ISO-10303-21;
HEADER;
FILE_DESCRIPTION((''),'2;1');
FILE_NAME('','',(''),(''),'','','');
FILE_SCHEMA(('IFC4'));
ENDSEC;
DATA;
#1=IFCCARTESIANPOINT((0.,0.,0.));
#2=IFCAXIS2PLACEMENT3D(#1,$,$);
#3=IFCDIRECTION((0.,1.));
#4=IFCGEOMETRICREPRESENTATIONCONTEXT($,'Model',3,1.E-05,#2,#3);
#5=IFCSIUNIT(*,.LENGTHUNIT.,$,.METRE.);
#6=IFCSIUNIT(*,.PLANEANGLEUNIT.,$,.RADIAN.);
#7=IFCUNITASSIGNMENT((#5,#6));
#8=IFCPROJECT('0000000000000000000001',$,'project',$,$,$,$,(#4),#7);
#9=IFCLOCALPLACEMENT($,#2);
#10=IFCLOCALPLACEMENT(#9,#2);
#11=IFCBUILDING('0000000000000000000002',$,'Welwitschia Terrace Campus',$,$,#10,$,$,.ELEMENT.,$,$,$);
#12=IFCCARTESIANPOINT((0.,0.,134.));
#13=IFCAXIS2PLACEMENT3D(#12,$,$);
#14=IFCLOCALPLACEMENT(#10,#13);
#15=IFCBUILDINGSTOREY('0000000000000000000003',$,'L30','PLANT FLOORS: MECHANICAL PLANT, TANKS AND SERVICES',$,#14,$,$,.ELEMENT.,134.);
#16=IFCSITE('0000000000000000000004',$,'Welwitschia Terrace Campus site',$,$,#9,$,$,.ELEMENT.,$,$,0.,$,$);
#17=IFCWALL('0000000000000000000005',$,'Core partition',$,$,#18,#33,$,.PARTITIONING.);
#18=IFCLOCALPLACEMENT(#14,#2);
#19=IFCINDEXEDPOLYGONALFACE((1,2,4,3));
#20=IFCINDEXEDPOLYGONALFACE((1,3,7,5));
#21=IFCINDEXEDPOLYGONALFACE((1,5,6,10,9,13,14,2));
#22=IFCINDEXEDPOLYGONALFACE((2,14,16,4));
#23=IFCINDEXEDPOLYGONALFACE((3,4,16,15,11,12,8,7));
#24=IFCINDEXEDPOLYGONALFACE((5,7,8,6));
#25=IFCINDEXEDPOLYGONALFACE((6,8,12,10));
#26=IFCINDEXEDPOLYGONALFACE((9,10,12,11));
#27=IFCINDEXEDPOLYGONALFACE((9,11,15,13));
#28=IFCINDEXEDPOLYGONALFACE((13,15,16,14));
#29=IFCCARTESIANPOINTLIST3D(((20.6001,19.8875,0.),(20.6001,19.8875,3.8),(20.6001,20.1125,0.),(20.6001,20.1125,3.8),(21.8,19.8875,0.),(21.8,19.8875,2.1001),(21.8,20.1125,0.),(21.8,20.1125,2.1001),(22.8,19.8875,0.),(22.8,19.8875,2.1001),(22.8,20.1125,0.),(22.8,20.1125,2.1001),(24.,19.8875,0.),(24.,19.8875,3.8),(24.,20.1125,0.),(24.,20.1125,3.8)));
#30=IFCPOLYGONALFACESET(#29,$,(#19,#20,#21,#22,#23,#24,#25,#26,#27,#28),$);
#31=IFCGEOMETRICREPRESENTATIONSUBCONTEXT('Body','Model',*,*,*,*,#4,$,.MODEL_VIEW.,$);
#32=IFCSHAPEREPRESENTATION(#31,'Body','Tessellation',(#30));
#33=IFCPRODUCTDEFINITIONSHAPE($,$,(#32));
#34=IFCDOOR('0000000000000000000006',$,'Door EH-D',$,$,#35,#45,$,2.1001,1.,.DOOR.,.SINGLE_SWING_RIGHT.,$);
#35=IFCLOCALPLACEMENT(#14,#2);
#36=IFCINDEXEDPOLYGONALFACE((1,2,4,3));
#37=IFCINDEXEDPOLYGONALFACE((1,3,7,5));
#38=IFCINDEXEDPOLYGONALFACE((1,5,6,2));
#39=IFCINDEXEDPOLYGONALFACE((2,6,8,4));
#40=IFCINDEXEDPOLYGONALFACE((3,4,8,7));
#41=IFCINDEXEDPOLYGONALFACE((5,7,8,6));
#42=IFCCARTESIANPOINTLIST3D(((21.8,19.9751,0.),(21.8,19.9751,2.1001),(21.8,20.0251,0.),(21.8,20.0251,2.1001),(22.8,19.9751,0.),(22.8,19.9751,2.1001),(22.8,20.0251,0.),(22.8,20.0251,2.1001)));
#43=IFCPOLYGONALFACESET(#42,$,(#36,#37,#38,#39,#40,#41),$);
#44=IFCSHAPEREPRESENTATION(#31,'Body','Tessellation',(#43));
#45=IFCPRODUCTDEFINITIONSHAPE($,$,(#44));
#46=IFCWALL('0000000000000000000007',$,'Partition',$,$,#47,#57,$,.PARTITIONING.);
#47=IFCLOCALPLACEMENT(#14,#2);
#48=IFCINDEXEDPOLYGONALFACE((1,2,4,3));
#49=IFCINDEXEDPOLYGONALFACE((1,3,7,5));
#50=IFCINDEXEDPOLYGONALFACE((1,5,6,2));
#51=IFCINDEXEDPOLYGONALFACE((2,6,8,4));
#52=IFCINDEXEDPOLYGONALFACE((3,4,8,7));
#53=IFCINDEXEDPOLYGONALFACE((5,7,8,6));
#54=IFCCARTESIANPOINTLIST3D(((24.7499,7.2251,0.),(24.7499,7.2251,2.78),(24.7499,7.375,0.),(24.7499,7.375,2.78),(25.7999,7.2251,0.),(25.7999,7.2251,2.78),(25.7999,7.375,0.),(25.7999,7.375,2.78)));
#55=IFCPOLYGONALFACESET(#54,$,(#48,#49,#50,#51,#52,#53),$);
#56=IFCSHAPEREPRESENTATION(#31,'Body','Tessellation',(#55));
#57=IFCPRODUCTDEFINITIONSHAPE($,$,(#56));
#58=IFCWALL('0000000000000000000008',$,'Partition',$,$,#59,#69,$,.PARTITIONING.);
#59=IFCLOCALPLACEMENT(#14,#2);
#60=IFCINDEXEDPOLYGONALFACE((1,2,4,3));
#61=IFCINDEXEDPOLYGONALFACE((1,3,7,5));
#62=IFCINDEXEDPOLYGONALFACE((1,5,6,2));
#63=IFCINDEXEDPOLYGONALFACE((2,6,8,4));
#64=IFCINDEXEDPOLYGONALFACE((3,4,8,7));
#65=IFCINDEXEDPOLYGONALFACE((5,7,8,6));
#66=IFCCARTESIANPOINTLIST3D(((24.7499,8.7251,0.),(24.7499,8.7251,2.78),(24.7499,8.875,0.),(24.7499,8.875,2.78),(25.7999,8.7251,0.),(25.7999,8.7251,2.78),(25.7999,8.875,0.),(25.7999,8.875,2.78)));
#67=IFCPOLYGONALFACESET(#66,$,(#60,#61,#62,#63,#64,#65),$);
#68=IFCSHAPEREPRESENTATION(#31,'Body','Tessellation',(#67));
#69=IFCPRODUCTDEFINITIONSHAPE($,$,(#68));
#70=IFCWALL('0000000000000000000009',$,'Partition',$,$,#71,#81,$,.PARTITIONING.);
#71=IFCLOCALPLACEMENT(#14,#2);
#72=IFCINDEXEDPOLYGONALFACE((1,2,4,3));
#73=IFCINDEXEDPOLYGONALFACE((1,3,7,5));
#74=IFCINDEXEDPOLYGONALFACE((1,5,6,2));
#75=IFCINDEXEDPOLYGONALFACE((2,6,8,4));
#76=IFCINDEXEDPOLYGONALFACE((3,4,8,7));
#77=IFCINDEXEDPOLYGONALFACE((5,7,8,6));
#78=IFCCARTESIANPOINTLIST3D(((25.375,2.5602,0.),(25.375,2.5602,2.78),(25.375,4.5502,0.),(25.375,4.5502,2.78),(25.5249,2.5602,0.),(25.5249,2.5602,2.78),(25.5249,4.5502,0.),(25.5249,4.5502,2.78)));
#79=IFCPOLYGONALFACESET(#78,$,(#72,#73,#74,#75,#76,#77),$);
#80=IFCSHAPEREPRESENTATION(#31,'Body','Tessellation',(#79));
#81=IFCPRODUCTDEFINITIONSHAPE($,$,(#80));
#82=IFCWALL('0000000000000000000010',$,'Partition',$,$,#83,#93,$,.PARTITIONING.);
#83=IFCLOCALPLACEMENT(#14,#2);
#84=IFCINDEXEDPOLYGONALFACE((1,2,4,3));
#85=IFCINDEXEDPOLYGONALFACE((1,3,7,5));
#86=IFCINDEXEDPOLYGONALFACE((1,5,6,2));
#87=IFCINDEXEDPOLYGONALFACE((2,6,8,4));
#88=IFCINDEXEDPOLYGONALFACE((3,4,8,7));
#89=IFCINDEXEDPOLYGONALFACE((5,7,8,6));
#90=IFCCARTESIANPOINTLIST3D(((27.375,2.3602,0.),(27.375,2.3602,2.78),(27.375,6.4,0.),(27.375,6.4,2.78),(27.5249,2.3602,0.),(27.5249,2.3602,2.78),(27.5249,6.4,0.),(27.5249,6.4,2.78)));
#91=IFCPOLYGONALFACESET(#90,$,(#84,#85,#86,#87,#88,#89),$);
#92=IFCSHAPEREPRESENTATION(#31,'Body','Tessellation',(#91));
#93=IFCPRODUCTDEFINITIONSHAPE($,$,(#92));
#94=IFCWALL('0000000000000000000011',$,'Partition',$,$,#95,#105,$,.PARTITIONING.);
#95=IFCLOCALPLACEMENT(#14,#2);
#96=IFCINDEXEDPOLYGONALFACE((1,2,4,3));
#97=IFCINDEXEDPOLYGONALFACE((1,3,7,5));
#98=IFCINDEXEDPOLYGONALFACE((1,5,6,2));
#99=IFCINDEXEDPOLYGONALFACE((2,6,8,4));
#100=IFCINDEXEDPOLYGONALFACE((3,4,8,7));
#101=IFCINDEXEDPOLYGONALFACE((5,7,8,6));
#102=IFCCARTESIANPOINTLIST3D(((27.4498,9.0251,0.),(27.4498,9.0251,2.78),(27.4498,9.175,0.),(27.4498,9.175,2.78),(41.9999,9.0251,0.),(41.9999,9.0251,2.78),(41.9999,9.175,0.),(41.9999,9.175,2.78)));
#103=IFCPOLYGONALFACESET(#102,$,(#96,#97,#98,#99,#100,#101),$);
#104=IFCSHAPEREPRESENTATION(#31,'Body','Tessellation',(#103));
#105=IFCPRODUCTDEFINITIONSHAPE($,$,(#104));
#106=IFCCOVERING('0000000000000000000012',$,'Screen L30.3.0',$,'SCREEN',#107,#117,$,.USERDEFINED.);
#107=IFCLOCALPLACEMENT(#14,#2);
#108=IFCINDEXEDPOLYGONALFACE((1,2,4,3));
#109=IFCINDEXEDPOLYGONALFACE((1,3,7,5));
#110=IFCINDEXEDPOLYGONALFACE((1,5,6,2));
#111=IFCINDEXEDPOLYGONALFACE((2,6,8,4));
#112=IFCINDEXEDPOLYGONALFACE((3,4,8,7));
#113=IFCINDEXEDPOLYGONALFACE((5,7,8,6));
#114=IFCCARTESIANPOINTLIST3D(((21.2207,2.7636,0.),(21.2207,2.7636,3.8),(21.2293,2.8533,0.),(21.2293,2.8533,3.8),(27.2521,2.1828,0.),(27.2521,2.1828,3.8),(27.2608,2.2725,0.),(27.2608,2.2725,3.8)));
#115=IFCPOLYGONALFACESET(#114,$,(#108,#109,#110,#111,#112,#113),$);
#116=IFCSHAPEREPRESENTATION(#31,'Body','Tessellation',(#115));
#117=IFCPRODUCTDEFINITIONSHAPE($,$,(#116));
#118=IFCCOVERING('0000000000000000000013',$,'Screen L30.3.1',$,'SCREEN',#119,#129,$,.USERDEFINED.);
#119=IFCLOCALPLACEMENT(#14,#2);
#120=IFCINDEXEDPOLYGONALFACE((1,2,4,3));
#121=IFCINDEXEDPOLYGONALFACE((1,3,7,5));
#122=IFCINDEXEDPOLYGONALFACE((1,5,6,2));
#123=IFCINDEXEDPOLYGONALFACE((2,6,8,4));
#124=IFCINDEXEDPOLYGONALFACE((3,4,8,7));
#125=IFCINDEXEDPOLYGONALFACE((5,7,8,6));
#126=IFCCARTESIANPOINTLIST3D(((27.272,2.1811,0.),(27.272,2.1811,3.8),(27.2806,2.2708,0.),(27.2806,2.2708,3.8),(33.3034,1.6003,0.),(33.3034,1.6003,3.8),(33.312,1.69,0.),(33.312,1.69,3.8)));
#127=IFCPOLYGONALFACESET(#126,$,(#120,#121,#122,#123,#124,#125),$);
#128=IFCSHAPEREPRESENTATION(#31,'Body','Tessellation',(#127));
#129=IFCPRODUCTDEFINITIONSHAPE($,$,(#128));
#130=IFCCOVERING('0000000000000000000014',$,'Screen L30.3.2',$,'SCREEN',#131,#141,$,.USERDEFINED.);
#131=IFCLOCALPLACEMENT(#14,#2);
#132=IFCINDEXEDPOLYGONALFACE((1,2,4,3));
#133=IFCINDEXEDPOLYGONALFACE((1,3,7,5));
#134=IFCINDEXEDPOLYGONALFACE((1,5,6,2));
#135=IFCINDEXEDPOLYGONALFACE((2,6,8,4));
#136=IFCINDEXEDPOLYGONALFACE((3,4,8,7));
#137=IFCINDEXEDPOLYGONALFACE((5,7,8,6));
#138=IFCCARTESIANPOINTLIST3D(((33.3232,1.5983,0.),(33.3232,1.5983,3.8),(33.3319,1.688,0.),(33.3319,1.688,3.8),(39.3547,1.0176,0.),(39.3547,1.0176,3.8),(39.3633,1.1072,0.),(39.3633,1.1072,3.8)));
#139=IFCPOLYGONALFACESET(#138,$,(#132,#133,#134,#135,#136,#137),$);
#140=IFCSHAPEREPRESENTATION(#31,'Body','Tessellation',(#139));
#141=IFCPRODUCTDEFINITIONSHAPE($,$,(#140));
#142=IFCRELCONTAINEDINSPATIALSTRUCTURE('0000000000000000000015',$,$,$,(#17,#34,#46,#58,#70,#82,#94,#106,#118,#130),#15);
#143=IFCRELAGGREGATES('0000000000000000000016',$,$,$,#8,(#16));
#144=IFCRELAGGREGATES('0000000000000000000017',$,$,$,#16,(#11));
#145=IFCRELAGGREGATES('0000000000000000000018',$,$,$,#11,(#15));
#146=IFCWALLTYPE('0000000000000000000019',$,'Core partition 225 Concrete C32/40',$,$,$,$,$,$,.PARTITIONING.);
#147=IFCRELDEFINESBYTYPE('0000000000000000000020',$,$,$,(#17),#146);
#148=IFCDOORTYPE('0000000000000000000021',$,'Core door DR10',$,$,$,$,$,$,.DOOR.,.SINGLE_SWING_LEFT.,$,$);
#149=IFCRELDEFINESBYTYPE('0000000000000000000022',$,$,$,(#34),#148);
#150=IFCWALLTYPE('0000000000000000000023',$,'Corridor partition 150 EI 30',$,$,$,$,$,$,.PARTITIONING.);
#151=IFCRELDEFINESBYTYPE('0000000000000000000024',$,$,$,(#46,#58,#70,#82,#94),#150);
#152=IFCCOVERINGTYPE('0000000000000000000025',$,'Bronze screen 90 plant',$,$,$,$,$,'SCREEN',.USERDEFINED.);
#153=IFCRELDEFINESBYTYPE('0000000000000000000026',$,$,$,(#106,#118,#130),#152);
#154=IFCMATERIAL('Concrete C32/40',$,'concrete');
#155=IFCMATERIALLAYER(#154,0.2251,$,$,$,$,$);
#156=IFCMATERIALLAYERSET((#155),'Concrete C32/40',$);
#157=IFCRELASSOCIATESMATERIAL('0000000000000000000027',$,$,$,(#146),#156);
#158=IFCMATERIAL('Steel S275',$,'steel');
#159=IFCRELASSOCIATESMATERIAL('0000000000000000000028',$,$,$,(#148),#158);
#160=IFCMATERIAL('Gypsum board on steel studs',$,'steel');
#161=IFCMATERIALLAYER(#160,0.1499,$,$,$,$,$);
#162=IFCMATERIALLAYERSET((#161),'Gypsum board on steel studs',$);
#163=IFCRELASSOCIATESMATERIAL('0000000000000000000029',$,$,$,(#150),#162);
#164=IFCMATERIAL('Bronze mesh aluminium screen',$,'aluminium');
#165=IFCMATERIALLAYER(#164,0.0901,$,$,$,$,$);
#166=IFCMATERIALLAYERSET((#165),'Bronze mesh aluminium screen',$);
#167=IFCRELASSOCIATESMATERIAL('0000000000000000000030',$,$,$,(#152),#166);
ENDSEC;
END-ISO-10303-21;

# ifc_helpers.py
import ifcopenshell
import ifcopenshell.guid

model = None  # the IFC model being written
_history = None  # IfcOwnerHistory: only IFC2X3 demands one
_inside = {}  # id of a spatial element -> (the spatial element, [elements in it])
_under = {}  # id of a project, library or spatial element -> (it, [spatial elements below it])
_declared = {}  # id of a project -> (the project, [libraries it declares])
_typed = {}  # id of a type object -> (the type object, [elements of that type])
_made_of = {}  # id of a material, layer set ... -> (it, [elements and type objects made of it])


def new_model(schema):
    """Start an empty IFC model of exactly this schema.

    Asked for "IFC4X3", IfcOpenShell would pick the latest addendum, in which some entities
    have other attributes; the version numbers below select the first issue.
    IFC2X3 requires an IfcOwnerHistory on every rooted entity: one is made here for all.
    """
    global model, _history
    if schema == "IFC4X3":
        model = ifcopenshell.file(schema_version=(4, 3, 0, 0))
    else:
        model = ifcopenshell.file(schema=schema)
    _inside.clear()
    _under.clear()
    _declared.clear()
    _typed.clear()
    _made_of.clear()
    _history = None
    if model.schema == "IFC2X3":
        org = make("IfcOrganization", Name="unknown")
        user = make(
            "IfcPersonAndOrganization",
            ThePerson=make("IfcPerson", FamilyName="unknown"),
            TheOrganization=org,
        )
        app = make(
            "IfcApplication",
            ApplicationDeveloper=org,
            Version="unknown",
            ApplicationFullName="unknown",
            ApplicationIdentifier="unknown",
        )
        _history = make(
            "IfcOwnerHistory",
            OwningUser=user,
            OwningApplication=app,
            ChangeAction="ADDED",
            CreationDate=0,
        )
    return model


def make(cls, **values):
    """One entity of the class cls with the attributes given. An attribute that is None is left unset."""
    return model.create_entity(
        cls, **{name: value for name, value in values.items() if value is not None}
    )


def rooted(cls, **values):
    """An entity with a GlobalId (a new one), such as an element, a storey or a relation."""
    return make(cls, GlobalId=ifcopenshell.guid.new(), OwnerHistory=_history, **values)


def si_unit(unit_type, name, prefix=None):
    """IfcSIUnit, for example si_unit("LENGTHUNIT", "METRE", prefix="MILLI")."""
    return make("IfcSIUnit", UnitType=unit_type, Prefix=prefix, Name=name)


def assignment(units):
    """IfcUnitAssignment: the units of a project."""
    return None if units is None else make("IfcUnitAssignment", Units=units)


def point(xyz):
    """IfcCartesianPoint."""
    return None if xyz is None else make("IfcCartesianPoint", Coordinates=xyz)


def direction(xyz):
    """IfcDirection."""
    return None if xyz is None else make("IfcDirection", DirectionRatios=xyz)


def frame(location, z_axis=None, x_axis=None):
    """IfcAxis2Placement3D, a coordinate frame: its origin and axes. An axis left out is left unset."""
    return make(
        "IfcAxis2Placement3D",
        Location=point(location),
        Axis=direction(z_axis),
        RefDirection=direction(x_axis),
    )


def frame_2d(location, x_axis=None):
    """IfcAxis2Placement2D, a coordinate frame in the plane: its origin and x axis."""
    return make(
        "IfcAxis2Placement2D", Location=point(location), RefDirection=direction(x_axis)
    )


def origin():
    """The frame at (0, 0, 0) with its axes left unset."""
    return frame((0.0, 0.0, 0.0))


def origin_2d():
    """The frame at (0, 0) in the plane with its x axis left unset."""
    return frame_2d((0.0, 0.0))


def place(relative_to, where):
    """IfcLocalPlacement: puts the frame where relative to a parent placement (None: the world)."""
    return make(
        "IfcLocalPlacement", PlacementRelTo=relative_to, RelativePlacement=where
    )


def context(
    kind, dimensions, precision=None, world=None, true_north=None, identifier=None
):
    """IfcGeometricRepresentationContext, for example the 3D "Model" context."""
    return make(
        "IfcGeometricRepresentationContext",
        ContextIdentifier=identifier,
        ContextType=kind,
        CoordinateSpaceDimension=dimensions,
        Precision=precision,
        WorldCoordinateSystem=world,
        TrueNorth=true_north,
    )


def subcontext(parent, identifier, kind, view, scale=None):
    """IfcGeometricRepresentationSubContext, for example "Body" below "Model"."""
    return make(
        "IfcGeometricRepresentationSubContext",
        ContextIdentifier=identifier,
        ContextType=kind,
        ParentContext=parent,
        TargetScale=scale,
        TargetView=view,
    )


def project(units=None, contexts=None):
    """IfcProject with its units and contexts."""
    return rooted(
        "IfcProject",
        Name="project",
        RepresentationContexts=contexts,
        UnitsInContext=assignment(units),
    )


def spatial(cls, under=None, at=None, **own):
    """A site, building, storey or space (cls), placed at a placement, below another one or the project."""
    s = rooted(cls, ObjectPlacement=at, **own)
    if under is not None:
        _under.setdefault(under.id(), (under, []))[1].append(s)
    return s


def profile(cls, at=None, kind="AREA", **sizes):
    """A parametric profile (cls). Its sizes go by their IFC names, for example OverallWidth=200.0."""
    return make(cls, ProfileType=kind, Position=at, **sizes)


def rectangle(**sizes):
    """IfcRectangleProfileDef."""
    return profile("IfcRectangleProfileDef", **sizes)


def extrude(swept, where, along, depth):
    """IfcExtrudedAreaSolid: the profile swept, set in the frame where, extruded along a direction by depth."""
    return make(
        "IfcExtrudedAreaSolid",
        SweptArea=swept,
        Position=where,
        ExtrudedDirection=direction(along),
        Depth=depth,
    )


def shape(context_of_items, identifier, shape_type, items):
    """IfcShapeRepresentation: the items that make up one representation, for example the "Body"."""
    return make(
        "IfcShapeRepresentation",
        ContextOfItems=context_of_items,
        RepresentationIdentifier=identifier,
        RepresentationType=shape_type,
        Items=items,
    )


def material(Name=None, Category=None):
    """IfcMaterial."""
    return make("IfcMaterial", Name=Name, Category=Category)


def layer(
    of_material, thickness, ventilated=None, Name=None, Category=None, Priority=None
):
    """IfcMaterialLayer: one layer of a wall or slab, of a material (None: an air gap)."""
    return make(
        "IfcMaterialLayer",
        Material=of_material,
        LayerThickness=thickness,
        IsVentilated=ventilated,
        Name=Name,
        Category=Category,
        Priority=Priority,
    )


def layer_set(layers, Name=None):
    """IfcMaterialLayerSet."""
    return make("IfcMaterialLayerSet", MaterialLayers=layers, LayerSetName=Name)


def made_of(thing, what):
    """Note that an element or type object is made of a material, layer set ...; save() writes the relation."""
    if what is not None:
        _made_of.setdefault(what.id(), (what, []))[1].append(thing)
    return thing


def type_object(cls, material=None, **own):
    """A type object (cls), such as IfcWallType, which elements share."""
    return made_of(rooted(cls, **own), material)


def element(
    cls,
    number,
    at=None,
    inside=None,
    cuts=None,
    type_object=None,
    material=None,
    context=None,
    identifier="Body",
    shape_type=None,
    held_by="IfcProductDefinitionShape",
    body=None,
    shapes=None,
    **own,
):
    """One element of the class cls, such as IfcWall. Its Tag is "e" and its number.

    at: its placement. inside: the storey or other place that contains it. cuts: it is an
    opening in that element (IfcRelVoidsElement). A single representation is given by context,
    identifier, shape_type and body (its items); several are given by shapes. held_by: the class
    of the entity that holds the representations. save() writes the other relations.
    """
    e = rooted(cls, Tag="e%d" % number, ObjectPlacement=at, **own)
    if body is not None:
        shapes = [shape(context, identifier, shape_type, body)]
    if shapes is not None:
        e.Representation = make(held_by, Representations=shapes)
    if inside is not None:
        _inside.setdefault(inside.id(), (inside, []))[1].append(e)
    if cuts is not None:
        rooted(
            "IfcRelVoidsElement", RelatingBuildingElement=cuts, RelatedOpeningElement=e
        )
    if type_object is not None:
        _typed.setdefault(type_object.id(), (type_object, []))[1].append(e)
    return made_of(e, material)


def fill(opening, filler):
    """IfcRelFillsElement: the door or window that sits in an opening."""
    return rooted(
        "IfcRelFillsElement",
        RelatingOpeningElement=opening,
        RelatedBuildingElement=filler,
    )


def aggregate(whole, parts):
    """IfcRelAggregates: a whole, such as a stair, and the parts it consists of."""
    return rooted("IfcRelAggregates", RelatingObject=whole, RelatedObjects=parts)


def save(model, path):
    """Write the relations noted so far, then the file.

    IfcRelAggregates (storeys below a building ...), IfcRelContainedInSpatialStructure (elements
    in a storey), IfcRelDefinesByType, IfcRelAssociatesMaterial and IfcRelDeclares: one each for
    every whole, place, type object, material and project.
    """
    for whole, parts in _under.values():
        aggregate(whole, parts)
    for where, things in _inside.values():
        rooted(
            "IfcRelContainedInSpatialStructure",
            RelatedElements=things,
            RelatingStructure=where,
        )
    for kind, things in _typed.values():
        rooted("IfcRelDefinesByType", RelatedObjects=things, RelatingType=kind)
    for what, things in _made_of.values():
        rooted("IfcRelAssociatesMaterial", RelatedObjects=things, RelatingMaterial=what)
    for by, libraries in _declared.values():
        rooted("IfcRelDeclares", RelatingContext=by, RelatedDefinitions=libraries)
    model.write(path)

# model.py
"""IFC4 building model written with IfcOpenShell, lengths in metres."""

from ifc_helpers import new_model, si_unit, direction, frame, frame_2d, origin, origin_2d, place, context, subcontext, project, spatial, rectangle, extrude, material, layer, layer_set, type_object, element, fill, save


model = new_model("IFC4")

# Units and contexts
model_context = context("Model", 3, precision=1e-05, world=origin(), true_north=direction((0.0, 1.0)))
body_context = subcontext(model_context, "Body", "Model", "MODEL_VIEW")
ifc_project = project(units=[si_unit("LENGTHUNIT", "METRE"), si_unit("PLANEANGLEUNIT", "RADIAN")], contexts=[model_context])

# Site, building, storey
site_placement = place(None, origin())
site = spatial("IfcSite", under=ifc_project, at=site_placement, Name="Welwitschia Terrace Campus site", CompositionType="ELEMENT", RefElevation=0.0)
building_placement = place(site_placement, origin())
building = spatial("IfcBuilding", under=site, at=building_placement, Name="Welwitschia Terrace Campus", CompositionType="ELEMENT")
storey_placement = place(building_placement, frame((0.0, 0.0, 134.0)))
storey = spatial("IfcBuildingStorey", under=building, at=storey_placement, Name="L30", Description="PLANT FLOORS: MECHANICAL PLANT, TANKS AND SERVICES", CompositionType="ELEMENT", Elevation=134.0)

# Wall, opening, door
ifc_material_1 = material(Name="Concrete C32/40", Category="concrete")
ifc_layer_1 = layer(ifc_material_1, 0.2251)
ifc_layer_set_1 = layer_set([ifc_layer_1], Name="Concrete C32/40")
wall_type_1 = type_object("IfcWallType", Name="Core partition 225 Concrete C32/40", PredefinedType="PARTITIONING", material=ifc_layer_set_1)
wall_1_placement = place(storey_placement, frame((24.0, 20.0, 0.0), z_axis=(0.0, 0.0, 1.0), x_axis=(-1.0, 0.0, 0.0)))
wall_1 = element("IfcWall", 1, at=wall_1_placement, inside=storey, type_object=wall_type_1, Name="Core partition", PredefinedType="PARTITIONING", context=body_context, shape_type="SweptSolid", body=[
    extrude(rectangle(XDim=3.3999, YDim=0.2251, at=frame_2d((1.7, 0.0))), origin(), (0.0, 0.0, 1.0), 3.8),
])
opening_placement = place(wall_1_placement, frame((1.2, 0.0, 0.0)))
opening = element("IfcOpeningElement", 2, at=opening_placement, cuts=wall_1, PredefinedType="OPENING", context=body_context, shape_type="SweptSolid", body=[
    extrude(rectangle(XDim=1.0, YDim=2.1001, at=frame_2d((0.5, 1.05))), frame((0.0, 0.1226, 0.0), z_axis=(0.0, -1.0, 0.0), x_axis=(1.0, 0.0, 0.0)), (0.0, 0.0, 1.0), 0.2451),
])
ifc_material_2 = material(Name="Steel S275", Category="steel")
door_type = type_object("IfcDoorType", Name="Core door DR10", OperationType="SINGLE_SWING_LEFT", PredefinedType="DOOR", material=ifc_material_2)
door_placement = place(opening_placement, origin())
door = element("IfcDoor", 3, at=door_placement, inside=storey, type_object=door_type, Name="Door EH-D", OperationType="SINGLE_SWING_RIGHT", OverallHeight=2.1001, OverallWidth=1.0, PredefinedType="DOOR", context=body_context, shape_type="SweptSolid", body=[
    extrude(rectangle(XDim=1.0, YDim=2.1001, at=frame_2d((0.5, 1.05))), frame((0.0, 0.0249, 0.0), z_axis=(0.0, -1.0, 0.0), x_axis=(1.0, 0.0, 0.0)), (0.0, 0.0, 1.0), 0.05),
])
fill(opening, door)

# Walls
ifc_material_3 = material(Name="Gypsum board on steel studs", Category="steel")
ifc_layer_2 = layer(ifc_material_3, 0.1499)
ifc_layer_set_2 = layer_set([ifc_layer_2], Name="Gypsum board on steel studs")
wall_type_2 = type_object("IfcWallType", Name="Corridor partition 150 EI 30", PredefinedType="PARTITIONING", material=ifc_layer_set_2)
for number, where, z_axis, x_axis, name in (
    (4, (24.75, 7.3, 0.0), (0.0, 0.0, 1.0), (1.0, 0.0, 0.0), "Partition"),
    (5, (24.75, 8.8, 0.0), (0.0, 0.0, 1.0), (1.0, 0.0, 0.0), "Partition"),
):
    element("IfcWall", number, at=place(storey_placement, frame(where, z_axis=z_axis, x_axis=x_axis)), inside=storey, type_object=wall_type_2, Name=name, PredefinedType="PARTITIONING", context=body_context, shape_type="SweptSolid", body=[
        extrude(rectangle(XDim=1.05, YDim=0.1499, at=frame_2d((0.5249, 0.0))), origin(), (0.0, 0.0, 1.0), 2.78),
    ])
wall_2_placement = place(storey_placement, frame((25.45, 2.5601, 0.0), z_axis=(0.0, 0.0, 1.0), x_axis=(0.0, 1.0, 0.0)))
element("IfcWall", 6, at=wall_2_placement, inside=storey, type_object=wall_type_2, Name="Partition", PredefinedType="PARTITIONING", context=body_context, shape_type="SweptSolid", body=[
    extrude(rectangle(XDim=1.99, YDim=0.1499, at=frame_2d((0.9951, 0.0))), origin(), (0.0, 0.0, 1.0), 2.78),
])
wall_3_placement = place(storey_placement, frame((27.45, 2.3601, 0.0), z_axis=(0.0, 0.0, 1.0), x_axis=(0.0, 1.0, 0.0)))
element("IfcWall", 7, at=wall_3_placement, inside=storey, type_object=wall_type_2, Name="Partition", PredefinedType="PARTITIONING", context=body_context, shape_type="SweptSolid", body=[
    extrude(rectangle(XDim=4.0398, YDim=0.1499, at=frame_2d((2.02, 0.0))), origin(), (0.0, 0.0, 1.0), 2.78),
])
wall_4_placement = place(storey_placement, frame((27.45, 9.1001, 0.0), z_axis=(0.0, 0.0, 1.0), x_axis=(1.0, 0.0, 0.0)))
element("IfcWall", 8, at=wall_4_placement, inside=storey, type_object=wall_type_2, Name="Partition", PredefinedType="PARTITIONING", context=body_context, shape_type="SweptSolid", body=[
    extrude(rectangle(XDim=14.55, YDim=0.1499, at=frame_2d((7.2749, 0.0))), origin(), (0.0, 0.0, 1.0), 2.78),
])

# Coverings
ifc_material_4 = material(Name="Bronze mesh aluminium screen", Category="aluminium")
ifc_layer_3 = layer(ifc_material_4, 0.0901)
ifc_layer_set_3 = layer_set([ifc_layer_3], Name="Bronze mesh aluminium screen")
covering_type = type_object("IfcCoveringType", Name="Bronze screen 90 plant", ElementType="SCREEN", PredefinedType="USERDEFINED", material=ifc_layer_set_3)
for number, where, z_axis, x_axis, name in (
    (9, (24.2407, 2.5181, 0.0), (0.0, 0.0, 1.0), (0.995396, -0.095846, 0.0), "Screen L30.3.0"),
    (10, (30.292, 1.9355, 0.0), (0.0, 0.0, 1.0), (0.995396, -0.095846, 0.0), "Screen L30.3.1"),
    (11, (36.3433, 1.3528, 0.0), (0.0, 0.0, 1.0), (0.995396, -0.095846, 0.0), "Screen L30.3.2"),
):
    element("IfcCovering", number, at=place(storey_placement, frame(where, z_axis=z_axis, x_axis=x_axis)), inside=storey, type_object=covering_type, Name=name, ObjectType="SCREEN", PredefinedType="USERDEFINED", context=body_context, shape_type="SweptSolid", body=[
        extrude(rectangle(XDim=6.0593, YDim=0.0901, at=origin_2d()), origin(), (0.0, 0.0, 1.0), 3.8),
    ])

save(model, "model.ifc")
